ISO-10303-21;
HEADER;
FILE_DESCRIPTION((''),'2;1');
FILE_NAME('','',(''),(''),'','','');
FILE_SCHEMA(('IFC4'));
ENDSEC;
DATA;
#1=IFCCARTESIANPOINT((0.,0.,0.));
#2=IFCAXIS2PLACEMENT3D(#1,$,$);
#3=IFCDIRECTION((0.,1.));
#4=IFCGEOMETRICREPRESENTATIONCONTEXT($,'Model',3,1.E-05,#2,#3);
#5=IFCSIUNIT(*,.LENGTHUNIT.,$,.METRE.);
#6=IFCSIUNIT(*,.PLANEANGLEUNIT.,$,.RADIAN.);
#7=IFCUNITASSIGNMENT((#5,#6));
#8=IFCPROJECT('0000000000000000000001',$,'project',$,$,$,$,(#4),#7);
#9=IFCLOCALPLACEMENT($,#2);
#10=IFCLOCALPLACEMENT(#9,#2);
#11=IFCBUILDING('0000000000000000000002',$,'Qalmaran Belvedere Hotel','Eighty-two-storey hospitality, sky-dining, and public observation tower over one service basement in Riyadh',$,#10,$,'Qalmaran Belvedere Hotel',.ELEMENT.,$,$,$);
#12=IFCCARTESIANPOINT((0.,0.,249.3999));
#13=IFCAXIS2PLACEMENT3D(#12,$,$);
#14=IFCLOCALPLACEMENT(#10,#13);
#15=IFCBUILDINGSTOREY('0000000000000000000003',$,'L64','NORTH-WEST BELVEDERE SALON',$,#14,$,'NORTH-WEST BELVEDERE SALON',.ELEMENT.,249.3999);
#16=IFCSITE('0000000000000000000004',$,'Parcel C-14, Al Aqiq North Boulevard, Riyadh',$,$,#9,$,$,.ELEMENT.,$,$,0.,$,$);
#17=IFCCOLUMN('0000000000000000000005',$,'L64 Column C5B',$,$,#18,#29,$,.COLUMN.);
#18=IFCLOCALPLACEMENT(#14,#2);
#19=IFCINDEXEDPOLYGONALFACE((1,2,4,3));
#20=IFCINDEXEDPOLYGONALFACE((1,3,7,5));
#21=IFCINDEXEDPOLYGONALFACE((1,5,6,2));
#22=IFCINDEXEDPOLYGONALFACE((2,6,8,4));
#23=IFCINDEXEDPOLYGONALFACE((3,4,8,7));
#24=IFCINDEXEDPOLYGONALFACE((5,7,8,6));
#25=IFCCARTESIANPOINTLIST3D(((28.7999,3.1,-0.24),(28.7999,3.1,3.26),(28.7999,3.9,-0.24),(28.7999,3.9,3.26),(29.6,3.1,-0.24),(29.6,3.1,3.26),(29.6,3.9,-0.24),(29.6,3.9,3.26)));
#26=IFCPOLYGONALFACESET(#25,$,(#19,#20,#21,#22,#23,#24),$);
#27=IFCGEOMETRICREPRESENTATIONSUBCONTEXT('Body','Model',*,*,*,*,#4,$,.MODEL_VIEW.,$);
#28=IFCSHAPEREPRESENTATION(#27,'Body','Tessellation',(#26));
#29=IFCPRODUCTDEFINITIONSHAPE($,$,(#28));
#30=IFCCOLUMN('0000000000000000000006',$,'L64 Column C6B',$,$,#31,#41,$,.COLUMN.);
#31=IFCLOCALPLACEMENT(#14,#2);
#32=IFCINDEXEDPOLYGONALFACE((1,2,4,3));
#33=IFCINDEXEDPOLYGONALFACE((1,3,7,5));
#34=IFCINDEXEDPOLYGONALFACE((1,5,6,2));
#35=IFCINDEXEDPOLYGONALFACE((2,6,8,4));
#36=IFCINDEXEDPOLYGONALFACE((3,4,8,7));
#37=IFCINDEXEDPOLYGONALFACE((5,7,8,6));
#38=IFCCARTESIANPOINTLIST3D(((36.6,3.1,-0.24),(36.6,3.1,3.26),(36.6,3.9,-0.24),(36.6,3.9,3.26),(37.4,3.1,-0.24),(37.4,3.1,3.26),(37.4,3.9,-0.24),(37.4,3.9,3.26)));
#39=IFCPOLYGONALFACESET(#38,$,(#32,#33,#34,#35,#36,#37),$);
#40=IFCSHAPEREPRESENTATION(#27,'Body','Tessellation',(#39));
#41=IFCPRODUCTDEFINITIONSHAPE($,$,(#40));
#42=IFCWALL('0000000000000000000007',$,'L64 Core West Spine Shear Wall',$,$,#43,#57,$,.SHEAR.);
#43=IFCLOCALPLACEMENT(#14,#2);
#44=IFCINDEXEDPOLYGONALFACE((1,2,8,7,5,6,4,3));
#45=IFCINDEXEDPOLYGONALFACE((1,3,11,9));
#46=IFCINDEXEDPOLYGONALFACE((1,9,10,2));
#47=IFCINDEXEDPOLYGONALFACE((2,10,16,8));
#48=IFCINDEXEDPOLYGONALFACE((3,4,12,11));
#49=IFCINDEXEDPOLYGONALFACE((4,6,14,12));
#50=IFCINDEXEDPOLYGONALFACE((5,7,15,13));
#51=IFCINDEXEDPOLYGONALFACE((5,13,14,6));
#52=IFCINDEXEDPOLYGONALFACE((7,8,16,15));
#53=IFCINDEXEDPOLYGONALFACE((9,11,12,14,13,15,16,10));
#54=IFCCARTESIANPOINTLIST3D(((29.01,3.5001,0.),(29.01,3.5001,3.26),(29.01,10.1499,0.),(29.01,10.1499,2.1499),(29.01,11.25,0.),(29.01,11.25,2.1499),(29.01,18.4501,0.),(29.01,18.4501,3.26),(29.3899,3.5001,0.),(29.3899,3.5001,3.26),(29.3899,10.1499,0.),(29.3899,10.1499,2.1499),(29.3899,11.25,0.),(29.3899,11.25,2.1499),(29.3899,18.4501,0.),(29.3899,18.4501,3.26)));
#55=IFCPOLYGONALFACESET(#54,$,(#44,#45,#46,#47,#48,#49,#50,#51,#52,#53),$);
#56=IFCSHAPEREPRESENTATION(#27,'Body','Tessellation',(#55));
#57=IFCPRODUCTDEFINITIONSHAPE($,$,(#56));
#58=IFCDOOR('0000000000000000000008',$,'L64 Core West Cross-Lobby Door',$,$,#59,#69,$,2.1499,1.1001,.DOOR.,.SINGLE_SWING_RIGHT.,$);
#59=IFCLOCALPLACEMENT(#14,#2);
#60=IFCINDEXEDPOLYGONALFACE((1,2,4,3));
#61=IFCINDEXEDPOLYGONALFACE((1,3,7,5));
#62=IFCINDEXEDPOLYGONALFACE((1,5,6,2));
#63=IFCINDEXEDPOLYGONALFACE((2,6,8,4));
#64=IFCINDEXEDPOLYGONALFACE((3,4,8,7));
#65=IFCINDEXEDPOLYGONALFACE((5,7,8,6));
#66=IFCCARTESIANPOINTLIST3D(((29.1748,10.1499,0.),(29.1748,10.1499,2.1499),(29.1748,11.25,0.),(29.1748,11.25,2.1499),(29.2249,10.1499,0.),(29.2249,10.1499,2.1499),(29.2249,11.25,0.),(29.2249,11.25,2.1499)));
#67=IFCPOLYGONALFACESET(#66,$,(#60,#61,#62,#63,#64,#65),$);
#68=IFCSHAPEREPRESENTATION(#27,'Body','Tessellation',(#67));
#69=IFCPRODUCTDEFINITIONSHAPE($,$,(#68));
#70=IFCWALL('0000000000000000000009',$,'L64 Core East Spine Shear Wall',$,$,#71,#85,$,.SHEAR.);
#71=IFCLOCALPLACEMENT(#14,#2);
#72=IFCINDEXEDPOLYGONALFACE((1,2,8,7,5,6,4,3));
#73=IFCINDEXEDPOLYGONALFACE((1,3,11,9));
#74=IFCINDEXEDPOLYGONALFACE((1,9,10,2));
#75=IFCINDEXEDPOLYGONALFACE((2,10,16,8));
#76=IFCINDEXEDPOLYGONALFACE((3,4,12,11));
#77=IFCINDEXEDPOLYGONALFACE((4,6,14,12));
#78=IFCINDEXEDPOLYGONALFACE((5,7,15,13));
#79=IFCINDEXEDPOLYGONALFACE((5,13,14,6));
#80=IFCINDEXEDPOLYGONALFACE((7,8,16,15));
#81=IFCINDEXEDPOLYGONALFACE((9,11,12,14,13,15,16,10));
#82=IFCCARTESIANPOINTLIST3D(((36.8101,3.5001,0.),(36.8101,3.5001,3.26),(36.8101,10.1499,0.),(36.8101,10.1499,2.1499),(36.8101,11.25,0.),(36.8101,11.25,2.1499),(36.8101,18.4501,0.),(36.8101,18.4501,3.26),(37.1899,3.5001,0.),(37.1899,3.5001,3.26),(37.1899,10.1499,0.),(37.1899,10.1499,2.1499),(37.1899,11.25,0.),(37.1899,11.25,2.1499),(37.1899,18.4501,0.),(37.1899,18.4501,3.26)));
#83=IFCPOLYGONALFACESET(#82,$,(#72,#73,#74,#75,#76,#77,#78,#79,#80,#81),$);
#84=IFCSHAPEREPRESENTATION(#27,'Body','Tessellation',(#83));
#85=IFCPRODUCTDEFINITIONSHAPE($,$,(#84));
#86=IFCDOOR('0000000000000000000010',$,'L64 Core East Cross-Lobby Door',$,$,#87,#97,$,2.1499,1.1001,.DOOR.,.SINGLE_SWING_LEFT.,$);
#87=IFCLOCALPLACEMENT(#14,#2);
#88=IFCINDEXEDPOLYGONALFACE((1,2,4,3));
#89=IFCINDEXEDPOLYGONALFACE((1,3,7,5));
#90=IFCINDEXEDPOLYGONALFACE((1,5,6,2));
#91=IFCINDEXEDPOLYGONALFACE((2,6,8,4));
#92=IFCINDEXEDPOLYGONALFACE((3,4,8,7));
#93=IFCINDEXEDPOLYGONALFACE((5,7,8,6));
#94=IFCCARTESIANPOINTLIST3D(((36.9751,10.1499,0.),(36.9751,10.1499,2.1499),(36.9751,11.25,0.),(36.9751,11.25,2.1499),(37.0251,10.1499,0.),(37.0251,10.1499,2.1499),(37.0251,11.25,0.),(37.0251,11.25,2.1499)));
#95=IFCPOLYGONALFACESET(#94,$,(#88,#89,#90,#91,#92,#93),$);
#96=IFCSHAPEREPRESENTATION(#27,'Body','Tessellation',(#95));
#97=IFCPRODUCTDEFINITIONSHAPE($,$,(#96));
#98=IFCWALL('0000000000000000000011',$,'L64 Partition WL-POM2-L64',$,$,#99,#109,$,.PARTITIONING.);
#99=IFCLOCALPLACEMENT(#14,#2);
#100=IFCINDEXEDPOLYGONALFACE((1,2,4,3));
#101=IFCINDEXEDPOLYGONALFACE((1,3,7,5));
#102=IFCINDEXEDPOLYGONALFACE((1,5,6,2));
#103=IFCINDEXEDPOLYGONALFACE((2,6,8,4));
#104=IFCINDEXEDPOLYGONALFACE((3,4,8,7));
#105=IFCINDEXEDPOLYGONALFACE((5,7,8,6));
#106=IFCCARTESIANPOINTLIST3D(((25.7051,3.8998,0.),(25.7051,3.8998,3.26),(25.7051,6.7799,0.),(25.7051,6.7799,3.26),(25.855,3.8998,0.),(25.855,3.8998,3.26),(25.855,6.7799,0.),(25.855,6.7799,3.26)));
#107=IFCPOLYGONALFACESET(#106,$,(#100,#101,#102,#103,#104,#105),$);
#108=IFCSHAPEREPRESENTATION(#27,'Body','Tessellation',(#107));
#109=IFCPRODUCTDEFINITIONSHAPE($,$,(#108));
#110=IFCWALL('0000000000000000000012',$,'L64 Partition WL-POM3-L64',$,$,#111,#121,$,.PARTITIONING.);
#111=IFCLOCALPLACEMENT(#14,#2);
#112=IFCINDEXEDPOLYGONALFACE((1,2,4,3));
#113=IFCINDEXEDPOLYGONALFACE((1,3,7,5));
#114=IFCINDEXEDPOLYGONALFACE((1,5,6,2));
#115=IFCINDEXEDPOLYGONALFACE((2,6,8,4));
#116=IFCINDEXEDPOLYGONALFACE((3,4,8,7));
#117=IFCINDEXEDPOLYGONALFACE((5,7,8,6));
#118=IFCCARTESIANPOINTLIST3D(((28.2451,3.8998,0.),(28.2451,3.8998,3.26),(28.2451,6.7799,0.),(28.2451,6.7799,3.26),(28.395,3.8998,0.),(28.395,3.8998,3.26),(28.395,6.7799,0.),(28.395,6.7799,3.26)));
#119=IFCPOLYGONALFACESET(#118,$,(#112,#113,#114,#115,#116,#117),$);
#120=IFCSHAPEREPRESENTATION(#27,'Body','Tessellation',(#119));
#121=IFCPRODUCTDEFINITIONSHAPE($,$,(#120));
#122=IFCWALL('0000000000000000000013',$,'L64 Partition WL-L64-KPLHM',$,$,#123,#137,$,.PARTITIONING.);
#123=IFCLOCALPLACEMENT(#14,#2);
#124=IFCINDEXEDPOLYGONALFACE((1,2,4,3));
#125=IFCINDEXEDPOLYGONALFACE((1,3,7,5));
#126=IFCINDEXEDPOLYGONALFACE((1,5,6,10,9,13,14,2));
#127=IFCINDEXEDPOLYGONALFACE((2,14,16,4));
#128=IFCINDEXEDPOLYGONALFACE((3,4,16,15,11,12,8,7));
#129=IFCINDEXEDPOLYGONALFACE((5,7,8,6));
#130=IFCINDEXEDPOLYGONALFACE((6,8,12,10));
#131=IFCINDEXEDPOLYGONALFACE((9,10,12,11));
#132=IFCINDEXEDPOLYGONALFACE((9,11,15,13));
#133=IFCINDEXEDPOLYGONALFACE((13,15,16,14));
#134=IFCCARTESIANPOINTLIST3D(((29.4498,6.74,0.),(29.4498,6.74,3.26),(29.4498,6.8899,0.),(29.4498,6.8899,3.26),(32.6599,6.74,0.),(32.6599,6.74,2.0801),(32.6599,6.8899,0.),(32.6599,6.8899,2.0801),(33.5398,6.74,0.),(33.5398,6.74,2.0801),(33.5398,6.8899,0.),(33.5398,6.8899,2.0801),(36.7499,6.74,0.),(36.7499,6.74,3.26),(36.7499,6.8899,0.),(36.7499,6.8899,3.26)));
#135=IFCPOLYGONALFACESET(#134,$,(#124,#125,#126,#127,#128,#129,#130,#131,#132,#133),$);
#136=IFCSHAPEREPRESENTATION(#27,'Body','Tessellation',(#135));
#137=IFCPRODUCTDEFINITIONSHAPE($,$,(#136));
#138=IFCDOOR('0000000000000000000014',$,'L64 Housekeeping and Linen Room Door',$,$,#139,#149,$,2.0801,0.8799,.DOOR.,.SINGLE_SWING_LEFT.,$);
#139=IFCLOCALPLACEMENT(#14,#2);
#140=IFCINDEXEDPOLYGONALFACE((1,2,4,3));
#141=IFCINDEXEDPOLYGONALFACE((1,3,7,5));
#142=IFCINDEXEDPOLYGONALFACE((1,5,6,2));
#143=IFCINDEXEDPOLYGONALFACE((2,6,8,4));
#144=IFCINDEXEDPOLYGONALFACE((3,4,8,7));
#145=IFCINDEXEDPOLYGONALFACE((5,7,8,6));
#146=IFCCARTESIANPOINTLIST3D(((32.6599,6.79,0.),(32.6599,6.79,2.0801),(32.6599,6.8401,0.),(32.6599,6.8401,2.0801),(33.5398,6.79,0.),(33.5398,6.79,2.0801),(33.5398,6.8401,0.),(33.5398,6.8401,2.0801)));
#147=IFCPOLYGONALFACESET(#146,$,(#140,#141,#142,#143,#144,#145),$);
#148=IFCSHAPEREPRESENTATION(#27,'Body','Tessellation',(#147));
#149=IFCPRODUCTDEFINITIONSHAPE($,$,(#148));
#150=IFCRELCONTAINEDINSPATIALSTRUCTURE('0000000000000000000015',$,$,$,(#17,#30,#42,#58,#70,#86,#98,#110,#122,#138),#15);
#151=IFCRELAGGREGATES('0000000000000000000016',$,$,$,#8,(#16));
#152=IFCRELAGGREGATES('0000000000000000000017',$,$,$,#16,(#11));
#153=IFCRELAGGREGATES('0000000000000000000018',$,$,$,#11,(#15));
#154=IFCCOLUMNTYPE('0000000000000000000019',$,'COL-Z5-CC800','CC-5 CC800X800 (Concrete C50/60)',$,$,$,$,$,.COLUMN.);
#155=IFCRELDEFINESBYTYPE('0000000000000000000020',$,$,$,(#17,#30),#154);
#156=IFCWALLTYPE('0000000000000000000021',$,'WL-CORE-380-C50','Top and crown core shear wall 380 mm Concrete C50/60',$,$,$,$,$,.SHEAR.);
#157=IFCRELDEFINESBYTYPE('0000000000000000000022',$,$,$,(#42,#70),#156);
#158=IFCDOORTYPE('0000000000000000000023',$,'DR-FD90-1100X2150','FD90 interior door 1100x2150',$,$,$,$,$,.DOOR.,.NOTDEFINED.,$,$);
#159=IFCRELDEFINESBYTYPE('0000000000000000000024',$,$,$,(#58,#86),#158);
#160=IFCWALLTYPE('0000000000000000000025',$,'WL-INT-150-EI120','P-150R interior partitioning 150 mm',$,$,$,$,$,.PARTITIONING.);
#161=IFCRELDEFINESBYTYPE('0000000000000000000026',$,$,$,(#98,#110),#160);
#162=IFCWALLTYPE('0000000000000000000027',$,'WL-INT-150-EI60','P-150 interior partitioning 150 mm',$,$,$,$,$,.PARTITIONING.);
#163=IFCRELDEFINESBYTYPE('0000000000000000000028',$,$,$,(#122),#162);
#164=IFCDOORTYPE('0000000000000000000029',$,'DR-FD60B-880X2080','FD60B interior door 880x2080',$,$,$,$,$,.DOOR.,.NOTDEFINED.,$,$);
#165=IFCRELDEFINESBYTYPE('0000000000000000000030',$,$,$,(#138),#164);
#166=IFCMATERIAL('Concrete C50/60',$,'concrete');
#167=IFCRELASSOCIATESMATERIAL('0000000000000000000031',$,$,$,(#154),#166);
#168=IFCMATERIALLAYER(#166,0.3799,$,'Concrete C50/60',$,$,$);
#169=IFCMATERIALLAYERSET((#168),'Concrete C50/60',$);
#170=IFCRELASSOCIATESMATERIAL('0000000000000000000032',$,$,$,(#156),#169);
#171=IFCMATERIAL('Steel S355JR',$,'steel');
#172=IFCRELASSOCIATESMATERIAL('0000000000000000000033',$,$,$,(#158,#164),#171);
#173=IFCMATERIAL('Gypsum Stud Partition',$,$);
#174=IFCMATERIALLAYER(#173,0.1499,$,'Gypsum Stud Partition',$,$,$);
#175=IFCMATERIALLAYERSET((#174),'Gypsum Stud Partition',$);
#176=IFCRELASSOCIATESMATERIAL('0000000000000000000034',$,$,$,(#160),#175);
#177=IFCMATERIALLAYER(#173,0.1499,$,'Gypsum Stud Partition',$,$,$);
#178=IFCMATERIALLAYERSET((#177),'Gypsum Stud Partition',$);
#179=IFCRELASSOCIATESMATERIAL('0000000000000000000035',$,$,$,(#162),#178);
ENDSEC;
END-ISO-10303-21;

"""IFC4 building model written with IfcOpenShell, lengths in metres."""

from ifc_helpers import new_model, si_unit, direction, frame, frame_2d, origin, origin_2d, place, context, subcontext, project, spatial, rectangle, extrude, material, layer, layer_set, material_profile, profile_set, type_object, element, fill, save


model = new_model("IFC4")

# Units and contexts
model_context = context("Model", 3, precision=1e-05, world=origin(), true_north=direction((0.0, 1.0)))
body_context = subcontext(model_context, "Body", "Model", "MODEL_VIEW")
ifc_project = project(units=[si_unit("LENGTHUNIT", "METRE"), si_unit("PLANEANGLEUNIT", "RADIAN")], contexts=[model_context])

# Site, building, storey
site_placement = place(None, origin())
site = spatial("IfcSite", under=ifc_project, at=site_placement, Name="Parcel C-14, Al Aqiq North Boulevard, Riyadh", CompositionType="ELEMENT", RefElevation=0.0)
building_placement = place(site_placement, origin())
building = spatial("IfcBuilding", under=site, at=building_placement, Name="Qalmaran Belvedere Hotel", Description="Eighty-two-storey hospitality, sky-dining, and public observation tower over one service basement in Riyadh", LongName="Qalmaran Belvedere Hotel", CompositionType="ELEMENT")
storey_placement = place(building_placement, frame((0.0, 0.0, 249.3999)))
storey = spatial("IfcBuildingStorey", under=building, at=storey_placement, Name="L64", Description="NORTH-WEST BELVEDERE SALON", LongName="NORTH-WEST BELVEDERE SALON", CompositionType="ELEMENT", Elevation=249.3999)

# Columns
ifc_material_1 = material(Name="Concrete C50/60", Category="concrete")
ifc_material_profile = material_profile(ifc_material_1, rectangle(XDim=0.8, YDim=0.8, at=origin_2d()), Name="CC800X800")
ifc_profile_set = profile_set([ifc_material_profile], Name="Concrete C50/60")
column_type = type_object("IfcColumnType", Name="COL-Z5-CC800", Description="CC-5 CC800X800 (Concrete C50/60)", PredefinedType="COLUMN", material=ifc_profile_set)
for number, where, z_axis, x_axis, name in (
    (1, (29.2, 3.5, -0.24), (0.0, 0.0, 1.0), (1.0, 0.0, 0.0), "L64 Column C5B"),
    (2, (37.0, 3.5, -0.24), (0.0, 0.0, 1.0), (1.0, 0.0, 0.0), "L64 Column C6B"),
):
    element("IfcColumn", number, at=place(storey_placement, frame(where, z_axis=z_axis, x_axis=x_axis)), inside=storey, type_object=column_type, Name=name, PredefinedType="COLUMN", context=body_context, shape_type="SweptSolid", body=[
        extrude(rectangle(XDim=0.8, YDim=0.8, at=origin_2d()), origin(), (0.0, 0.0, 1.0), 3.5),
    ])

# Walls, openings, doors
ifc_layer_1 = layer(ifc_material_1, 0.3799, Name="Concrete C50/60")
ifc_layer_set_1 = layer_set([ifc_layer_1], Name="Concrete C50/60")
wall_type_1 = type_object("IfcWallType", Name="WL-CORE-380-C50", Description="Top and crown core shear wall 380 mm Concrete C50/60", PredefinedType="SHEAR", material=ifc_layer_set_1)
wall_1_placement = place(storey_placement, frame((29.2, 3.5, 0.0), z_axis=(0.0, 0.0, 1.0), x_axis=(0.0, 1.0, 0.0)))
wall_1 = element("IfcWall", 3, at=wall_1_placement, inside=storey, type_object=wall_type_1, Name="L64 Core West Spine Shear Wall", PredefinedType="SHEAR", context=body_context, shape_type="SweptSolid", body=[
    extrude(rectangle(XDim=14.95, YDim=0.3799, at=frame_2d((7.4751, 0.0))), origin(), (0.0, 0.0, 1.0), 3.26),
])
opening_1_placement = place(wall_1_placement, frame((7.75, 0.0, 0.0), z_axis=(0.0, 0.0, 1.0), x_axis=(-1.0, 0.0, 0.0)))
opening_1 = element("IfcOpeningElement", 4, at=opening_1_placement, cuts=wall_1, PredefinedType="OPENING", context=body_context, shape_type="SweptSolid", body=[
    extrude(rectangle(XDim=1.1001, YDim=2.1499, at=frame_2d((0.55, 1.075))), frame((0.0, 0.2, 0.0), z_axis=(0.0, -1.0, 0.0), x_axis=(1.0, 0.0, 0.0)), (0.0, 0.0, 1.0), 0.3999),
])
ifc_material_2 = material(Name="Steel S355JR", Category="steel")
door_type_1 = type_object("IfcDoorType", Name="DR-FD90-1100X2150", Description="FD90 interior door 1100x2150", OperationType="NOTDEFINED", PredefinedType="DOOR", material=ifc_material_2)
door_1_placement = place(opening_1_placement, origin())
door_1 = element("IfcDoor", 5, at=door_1_placement, inside=storey, type_object=door_type_1, Name="L64 Core West Cross-Lobby Door", OperationType="SINGLE_SWING_RIGHT", OverallHeight=2.1499, OverallWidth=1.1001, PredefinedType="DOOR", context=body_context, shape_type="SweptSolid", body=[
    extrude(rectangle(XDim=1.1001, YDim=2.1499, at=frame_2d((0.55, 1.075))), frame((0.0, 0.0249, 0.0), z_axis=(0.0, -1.0, 0.0), x_axis=(1.0, 0.0, 0.0)), (0.0, 0.0, 1.0), 0.05),
])
fill(opening_1, door_1)
wall_2_placement = place(storey_placement, frame((37.0, 3.5, 0.0), z_axis=(0.0, 0.0, 1.0), x_axis=(0.0, 1.0, 0.0)))
wall_2 = element("IfcWall", 6, at=wall_2_placement, inside=storey, type_object=wall_type_1, Name="L64 Core East Spine Shear Wall", PredefinedType="SHEAR", context=body_context, shape_type="SweptSolid", body=[
    extrude(rectangle(XDim=14.95, YDim=0.3799, at=frame_2d((7.4751, 0.0))), origin(), (0.0, 0.0, 1.0), 3.26),
])
opening_2_placement = place(wall_2_placement, frame((6.6499, 0.0, 0.0)))
opening_2 = element("IfcOpeningElement", 7, at=opening_2_placement, cuts=wall_2, PredefinedType="OPENING", context=body_context, shape_type="SweptSolid", body=[
    extrude(rectangle(XDim=1.1001, YDim=2.1499, at=frame_2d((0.55, 1.075))), frame((0.0, 0.2, 0.0), z_axis=(0.0, -1.0, 0.0), x_axis=(1.0, 0.0, 0.0)), (0.0, 0.0, 1.0), 0.3999),
])
door_2_placement = place(opening_2_placement, origin())
door_2 = element("IfcDoor", 8, at=door_2_placement, inside=storey, type_object=door_type_1, Name="L64 Core East Cross-Lobby Door", OperationType="SINGLE_SWING_LEFT", OverallHeight=2.1499, OverallWidth=1.1001, PredefinedType="DOOR", context=body_context, shape_type="SweptSolid", body=[
    extrude(rectangle(XDim=1.1001, YDim=2.1499, at=frame_2d((0.55, 1.075))), frame((0.0, 0.0249, 0.0), z_axis=(0.0, -1.0, 0.0), x_axis=(1.0, 0.0, 0.0)), (0.0, 0.0, 1.0), 0.05),
])
fill(opening_2, door_2)

# Walls
ifc_material_3 = material(Name="Gypsum Stud Partition")
ifc_layer_2 = layer(ifc_material_3, 0.1499, Name="Gypsum Stud Partition")
ifc_layer_set_2 = layer_set([ifc_layer_2], Name="Gypsum Stud Partition")
wall_type_2 = type_object("IfcWallType", Name="WL-INT-150-EI120", Description="P-150R interior partitioning 150 mm", PredefinedType="PARTITIONING", material=ifc_layer_set_2)
for number, where, z_axis, x_axis, name in (
    (9, (25.78, 3.8999, 0.0), (0.0, 0.0, 1.0), (0.0, 1.0, 0.0), "L64 Partition WL-POM2-L64"),
    (10, (28.3201, 3.8999, 0.0), (0.0, 0.0, 1.0), (0.0, 1.0, 0.0), "L64 Partition WL-POM3-L64"),
):
    element("IfcWall", number, at=place(storey_placement, frame(where, z_axis=z_axis, x_axis=x_axis)), inside=storey, type_object=wall_type_2, Name=name, PredefinedType="PARTITIONING", context=body_context, shape_type="SweptSolid", body=[
        extrude(rectangle(XDim=2.8801, YDim=0.1499, at=frame_2d((1.4399, 0.0))), origin(), (0.0, 0.0, 1.0), 3.26),
    ])
ifc_layer_3 = layer(ifc_material_3, 0.1499, Name="Gypsum Stud Partition")
ifc_layer_set_3 = layer_set([ifc_layer_3], Name="Gypsum Stud Partition")
wall_type_3 = type_object("IfcWallType", Name="WL-INT-150-EI60", Description="P-150 interior partitioning 150 mm", PredefinedType="PARTITIONING", material=ifc_layer_set_3)

# Wall, opening, door
wall_3_placement = place(storey_placement, frame((29.45, 6.8149, 0.0), z_axis=(0.0, 0.0, 1.0), x_axis=(1.0, 0.0, 0.0)))
wall_3 = element("IfcWall", 11, at=wall_3_placement, inside=storey, type_object=wall_type_3, Name="L64 Partition WL-L64-KPLHM", PredefinedType="PARTITIONING", context=body_context, shape_type="SweptSolid", body=[
    extrude(rectangle(XDim=7.3, YDim=0.1499, at=frame_2d((3.6499, 0.0))), origin(), (0.0, 0.0, 1.0), 3.26),
])
opening_3_placement = place(wall_3_placement, frame((4.0898, 0.0, 0.0), z_axis=(0.0, 0.0, 1.0), x_axis=(-1.0, 0.0, 0.0)))
opening_3 = element("IfcOpeningElement", 12, at=opening_3_placement, cuts=wall_3, PredefinedType="OPENING", context=body_context, shape_type="SweptSolid", body=[
    extrude(rectangle(XDim=0.8799, YDim=2.0801, at=frame_2d((0.4399, 1.04))), frame((0.0, 0.085, 0.0), z_axis=(0.0, -1.0, 0.0), x_axis=(1.0, 0.0, 0.0)), (0.0, 0.0, 1.0), 0.1699),
])
door_type_2 = type_object("IfcDoorType", Name="DR-FD60B-880X2080", Description="FD60B interior door 880x2080", OperationType="NOTDEFINED", PredefinedType="DOOR", material=ifc_material_2)
door_3_placement = place(opening_3_placement, origin())
door_3 = element("IfcDoor", 13, at=door_3_placement, inside=storey, type_object=door_type_2, Name="L64 Housekeeping and Linen Room Door", OperationType="SINGLE_SWING_LEFT", OverallHeight=2.0801, OverallWidth=0.8799, PredefinedType="DOOR", context=body_context, shape_type="SweptSolid", body=[
    extrude(rectangle(XDim=0.8799, YDim=2.0801, at=frame_2d((0.4399, 1.04))), frame((0.0, 0.0249, 0.0), z_axis=(0.0, -1.0, 0.0), x_axis=(1.0, 0.0, 0.0)), (0.0, 0.0, 1.0), 0.05),
])
fill(opening_3, door_3)

save(model, "model.ifc")
